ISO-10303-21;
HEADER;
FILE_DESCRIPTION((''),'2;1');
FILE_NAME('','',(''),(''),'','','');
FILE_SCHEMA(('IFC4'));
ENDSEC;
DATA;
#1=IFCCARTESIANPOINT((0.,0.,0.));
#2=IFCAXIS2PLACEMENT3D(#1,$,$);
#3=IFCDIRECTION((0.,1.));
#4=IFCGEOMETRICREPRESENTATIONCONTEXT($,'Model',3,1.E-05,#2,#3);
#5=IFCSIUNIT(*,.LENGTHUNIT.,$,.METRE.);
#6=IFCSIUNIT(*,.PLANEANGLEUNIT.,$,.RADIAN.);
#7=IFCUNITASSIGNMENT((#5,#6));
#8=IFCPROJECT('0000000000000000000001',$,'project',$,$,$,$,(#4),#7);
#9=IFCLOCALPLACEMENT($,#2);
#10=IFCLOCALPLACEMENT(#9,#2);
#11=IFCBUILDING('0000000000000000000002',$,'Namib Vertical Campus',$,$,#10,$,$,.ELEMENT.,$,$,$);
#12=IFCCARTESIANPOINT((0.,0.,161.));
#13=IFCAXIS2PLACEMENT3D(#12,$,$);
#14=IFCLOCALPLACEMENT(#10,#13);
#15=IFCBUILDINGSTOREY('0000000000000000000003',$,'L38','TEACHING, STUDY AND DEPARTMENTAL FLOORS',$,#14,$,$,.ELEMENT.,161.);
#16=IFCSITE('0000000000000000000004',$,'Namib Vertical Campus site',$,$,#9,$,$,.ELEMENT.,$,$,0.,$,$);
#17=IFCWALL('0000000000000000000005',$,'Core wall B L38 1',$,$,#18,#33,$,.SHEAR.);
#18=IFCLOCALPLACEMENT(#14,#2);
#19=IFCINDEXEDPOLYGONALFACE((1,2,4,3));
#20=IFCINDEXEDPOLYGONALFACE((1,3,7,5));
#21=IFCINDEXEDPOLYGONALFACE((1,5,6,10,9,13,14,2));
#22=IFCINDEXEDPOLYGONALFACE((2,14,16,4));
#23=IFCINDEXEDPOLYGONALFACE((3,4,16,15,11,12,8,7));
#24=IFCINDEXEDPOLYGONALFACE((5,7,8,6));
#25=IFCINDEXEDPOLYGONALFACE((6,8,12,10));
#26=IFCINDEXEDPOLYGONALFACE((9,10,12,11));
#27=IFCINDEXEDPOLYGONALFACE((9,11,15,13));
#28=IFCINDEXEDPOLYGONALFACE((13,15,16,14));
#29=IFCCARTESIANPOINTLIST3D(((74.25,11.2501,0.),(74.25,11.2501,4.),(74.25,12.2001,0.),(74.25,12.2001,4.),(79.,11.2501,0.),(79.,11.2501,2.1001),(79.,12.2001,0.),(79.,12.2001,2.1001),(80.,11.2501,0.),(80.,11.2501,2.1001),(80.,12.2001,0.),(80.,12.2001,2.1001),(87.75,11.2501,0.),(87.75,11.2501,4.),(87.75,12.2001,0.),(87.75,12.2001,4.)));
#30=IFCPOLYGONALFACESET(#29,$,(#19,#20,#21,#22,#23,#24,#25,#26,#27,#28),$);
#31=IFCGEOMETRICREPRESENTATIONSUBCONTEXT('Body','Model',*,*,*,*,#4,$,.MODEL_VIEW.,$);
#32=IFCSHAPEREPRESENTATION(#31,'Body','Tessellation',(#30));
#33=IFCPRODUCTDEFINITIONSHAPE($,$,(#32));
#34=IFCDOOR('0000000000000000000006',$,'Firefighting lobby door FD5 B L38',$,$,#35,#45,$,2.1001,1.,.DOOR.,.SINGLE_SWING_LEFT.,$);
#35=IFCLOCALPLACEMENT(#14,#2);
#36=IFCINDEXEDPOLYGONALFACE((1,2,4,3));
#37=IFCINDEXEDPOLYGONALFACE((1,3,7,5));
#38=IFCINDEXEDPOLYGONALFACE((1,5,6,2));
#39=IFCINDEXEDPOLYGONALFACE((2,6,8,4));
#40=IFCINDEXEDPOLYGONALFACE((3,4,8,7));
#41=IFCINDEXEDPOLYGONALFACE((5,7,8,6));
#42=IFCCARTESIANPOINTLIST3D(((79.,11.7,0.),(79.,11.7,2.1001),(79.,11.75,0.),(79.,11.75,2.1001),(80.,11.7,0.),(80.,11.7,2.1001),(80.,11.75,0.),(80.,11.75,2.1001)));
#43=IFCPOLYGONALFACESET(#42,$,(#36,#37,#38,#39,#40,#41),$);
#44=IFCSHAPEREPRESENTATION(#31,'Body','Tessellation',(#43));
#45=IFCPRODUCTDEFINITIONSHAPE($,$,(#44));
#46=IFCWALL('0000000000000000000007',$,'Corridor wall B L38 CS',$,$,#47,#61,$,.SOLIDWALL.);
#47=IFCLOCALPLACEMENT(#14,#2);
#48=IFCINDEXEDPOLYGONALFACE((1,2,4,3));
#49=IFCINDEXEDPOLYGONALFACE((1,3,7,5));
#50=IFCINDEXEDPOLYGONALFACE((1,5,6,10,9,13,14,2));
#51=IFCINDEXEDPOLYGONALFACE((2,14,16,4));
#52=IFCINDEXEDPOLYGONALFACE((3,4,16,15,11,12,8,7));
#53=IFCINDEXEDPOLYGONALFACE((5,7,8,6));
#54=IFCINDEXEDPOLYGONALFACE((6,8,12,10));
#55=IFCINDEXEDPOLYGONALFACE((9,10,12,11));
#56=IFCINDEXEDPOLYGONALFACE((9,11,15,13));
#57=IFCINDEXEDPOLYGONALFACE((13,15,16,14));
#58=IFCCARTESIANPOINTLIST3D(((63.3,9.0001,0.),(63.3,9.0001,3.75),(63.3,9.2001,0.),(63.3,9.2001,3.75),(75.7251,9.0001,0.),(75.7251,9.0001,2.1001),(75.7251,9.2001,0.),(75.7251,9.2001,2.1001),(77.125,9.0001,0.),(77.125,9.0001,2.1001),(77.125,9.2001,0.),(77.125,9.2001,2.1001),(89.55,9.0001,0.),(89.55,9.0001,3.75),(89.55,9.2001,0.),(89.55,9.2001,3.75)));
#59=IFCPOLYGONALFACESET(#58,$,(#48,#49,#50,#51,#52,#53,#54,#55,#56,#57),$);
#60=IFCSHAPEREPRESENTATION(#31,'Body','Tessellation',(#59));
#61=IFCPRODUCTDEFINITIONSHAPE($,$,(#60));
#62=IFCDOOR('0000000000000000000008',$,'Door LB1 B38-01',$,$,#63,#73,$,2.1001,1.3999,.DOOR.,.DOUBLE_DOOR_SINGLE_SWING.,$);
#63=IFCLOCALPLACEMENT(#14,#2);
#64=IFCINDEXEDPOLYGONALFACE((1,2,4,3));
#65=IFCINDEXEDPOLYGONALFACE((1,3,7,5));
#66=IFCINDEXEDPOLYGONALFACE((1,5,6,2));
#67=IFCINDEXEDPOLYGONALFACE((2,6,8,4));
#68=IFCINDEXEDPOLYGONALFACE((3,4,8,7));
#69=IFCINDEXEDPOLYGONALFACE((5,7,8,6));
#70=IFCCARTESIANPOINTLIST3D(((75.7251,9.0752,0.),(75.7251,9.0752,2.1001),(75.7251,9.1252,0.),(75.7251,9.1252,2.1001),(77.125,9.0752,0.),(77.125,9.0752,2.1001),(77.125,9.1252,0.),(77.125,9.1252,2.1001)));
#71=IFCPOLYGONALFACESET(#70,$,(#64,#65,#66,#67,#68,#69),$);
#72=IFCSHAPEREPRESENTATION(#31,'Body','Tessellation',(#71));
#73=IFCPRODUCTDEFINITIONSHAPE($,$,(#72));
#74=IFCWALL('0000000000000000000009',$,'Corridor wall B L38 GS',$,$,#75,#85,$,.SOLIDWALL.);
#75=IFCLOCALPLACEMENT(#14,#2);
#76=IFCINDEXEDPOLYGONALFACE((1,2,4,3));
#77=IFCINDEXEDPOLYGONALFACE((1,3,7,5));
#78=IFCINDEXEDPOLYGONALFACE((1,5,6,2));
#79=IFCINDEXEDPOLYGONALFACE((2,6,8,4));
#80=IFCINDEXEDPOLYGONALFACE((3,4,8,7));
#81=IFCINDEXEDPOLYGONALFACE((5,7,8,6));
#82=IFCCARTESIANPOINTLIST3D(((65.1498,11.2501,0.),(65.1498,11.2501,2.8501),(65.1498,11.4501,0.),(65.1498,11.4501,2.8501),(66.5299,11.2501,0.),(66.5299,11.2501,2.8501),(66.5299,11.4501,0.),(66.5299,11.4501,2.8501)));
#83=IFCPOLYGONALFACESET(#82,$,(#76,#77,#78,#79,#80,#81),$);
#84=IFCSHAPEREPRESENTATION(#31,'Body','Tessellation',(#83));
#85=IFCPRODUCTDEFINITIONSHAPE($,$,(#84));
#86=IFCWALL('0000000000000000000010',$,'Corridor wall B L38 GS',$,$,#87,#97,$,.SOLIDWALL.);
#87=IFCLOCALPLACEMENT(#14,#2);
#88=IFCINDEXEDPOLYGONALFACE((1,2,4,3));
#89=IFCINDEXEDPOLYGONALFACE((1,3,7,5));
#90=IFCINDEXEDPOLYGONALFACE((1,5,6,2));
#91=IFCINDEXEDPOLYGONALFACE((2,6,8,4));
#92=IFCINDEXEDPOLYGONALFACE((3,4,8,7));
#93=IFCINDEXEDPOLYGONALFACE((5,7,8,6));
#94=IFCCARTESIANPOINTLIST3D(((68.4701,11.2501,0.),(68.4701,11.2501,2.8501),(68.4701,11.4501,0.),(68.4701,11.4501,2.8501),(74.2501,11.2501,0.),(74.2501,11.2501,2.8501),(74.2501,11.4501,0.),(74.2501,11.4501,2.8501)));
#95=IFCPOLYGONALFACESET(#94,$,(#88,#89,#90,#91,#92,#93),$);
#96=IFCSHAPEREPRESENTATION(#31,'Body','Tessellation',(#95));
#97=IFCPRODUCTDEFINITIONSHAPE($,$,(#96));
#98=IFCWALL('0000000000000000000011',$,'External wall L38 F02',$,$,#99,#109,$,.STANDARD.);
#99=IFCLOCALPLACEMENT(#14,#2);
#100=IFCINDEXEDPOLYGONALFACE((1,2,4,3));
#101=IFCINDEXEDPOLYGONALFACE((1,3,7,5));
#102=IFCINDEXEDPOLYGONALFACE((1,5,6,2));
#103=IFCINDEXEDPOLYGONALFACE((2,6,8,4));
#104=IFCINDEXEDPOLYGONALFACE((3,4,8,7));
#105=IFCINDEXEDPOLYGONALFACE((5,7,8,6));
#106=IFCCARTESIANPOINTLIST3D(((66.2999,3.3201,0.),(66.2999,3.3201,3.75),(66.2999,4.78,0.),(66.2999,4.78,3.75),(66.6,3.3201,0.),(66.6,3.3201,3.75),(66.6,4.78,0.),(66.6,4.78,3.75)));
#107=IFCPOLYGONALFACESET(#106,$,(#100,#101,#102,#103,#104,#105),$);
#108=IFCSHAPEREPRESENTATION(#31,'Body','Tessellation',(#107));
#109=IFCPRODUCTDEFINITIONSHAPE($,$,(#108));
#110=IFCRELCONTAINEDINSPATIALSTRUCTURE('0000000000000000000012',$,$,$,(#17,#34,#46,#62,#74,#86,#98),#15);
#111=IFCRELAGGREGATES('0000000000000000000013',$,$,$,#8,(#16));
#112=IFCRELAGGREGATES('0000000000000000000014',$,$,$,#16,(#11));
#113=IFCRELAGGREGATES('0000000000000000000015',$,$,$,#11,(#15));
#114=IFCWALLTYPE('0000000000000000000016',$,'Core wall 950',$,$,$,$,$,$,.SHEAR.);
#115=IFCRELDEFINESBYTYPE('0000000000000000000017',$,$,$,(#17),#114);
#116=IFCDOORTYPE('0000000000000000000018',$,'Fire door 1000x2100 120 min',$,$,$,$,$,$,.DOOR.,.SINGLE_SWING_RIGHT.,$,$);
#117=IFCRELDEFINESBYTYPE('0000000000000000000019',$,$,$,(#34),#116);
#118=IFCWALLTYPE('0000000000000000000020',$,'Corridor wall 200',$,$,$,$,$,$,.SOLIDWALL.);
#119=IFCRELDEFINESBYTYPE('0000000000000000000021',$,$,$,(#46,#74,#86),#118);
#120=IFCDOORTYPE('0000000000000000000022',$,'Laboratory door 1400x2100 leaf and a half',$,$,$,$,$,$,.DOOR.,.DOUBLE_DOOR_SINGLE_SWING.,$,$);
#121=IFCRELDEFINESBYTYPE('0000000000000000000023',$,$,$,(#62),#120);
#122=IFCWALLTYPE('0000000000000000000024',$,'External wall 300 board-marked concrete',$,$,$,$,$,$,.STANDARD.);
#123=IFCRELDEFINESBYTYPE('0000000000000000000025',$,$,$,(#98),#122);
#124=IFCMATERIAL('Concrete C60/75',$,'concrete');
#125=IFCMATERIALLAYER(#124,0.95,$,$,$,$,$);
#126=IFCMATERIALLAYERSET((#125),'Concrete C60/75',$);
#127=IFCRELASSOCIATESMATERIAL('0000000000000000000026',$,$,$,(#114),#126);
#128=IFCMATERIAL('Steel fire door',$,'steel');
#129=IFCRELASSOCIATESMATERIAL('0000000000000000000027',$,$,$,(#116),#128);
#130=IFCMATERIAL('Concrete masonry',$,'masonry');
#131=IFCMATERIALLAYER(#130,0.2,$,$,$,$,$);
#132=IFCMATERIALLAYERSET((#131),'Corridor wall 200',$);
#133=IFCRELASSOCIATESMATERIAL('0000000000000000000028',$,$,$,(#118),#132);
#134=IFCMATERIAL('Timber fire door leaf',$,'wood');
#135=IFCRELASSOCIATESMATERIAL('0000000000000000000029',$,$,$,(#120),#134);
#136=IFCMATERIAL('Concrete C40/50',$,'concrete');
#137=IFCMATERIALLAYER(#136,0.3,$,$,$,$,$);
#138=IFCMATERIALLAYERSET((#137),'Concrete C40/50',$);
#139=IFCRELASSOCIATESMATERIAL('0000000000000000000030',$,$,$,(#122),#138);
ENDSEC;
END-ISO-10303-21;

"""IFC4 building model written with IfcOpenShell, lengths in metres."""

from ifc_helpers import new_model, si_unit, direction, frame, frame_2d, origin, place, context, subcontext, project, spatial, rectangle, extrude, material, layer, layer_set, type_object, element, fill, save


model = new_model("IFC4")

# Units and contexts
model_context = context("Model", 3, precision=1e-05, world=origin(), true_north=direction((0.0, 1.0)))
body_context = subcontext(model_context, "Body", "Model", "MODEL_VIEW")
ifc_project = project(units=[si_unit("LENGTHUNIT", "METRE"), si_unit("PLANEANGLEUNIT", "RADIAN")], contexts=[model_context])

# Site, building, storey
site_placement = place(None, origin())
site = spatial("IfcSite", under=ifc_project, at=site_placement, Name="Namib Vertical Campus site", CompositionType="ELEMENT", RefElevation=0.0)
building_placement = place(site_placement, origin())
building = spatial("IfcBuilding", under=site, at=building_placement, Name="Namib Vertical Campus", CompositionType="ELEMENT")
storey_placement = place(building_placement, frame((0.0, 0.0, 161.0)))
storey = spatial("IfcBuildingStorey", under=building, at=storey_placement, Name="L38", Description="TEACHING, STUDY AND DEPARTMENTAL FLOORS", CompositionType="ELEMENT", Elevation=161.0)

# Walls, openings, doors
ifc_material_1 = material(Name="Concrete C60/75", Category="concrete")
ifc_layer_1 = layer(ifc_material_1, 0.95)
ifc_layer_set_1 = layer_set([ifc_layer_1], Name="Concrete C60/75")
wall_type_1 = type_object("IfcWallType", Name="Core wall 950", PredefinedType="SHEAR", material=ifc_layer_set_1)
wall_1_placement = place(storey_placement, frame((74.25, 11.7251, 0.0), z_axis=(0.0, 0.0, 1.0), x_axis=(1.0, 0.0, 0.0)))
wall_1 = element("IfcWall", 1, at=wall_1_placement, inside=storey, type_object=wall_type_1, Name="Core wall B L38 1", PredefinedType="SHEAR", context=body_context, shape_type="SweptSolid", body=[
    extrude(rectangle(XDim=13.5, YDim=0.95, at=frame_2d((6.75, 0.0))), origin(), (0.0, 0.0, 1.0), 4.0),
])
opening_1_placement = place(wall_1_placement, frame((4.75, 0.0, 0.0)))
opening_1 = element("IfcOpeningElement", 2, at=opening_1_placement, cuts=wall_1, PredefinedType="OPENING", context=body_context, shape_type="SweptSolid", body=[
    extrude(rectangle(XDim=1.0, YDim=2.1001, at=frame_2d((0.5, 1.05))), frame((0.0, 0.4849, 0.0), z_axis=(0.0, -1.0, 0.0), x_axis=(1.0, 0.0, 0.0)), (0.0, 0.0, 1.0), 0.97),
])
ifc_material_2 = material(Name="Steel fire door", Category="steel")
door_type_1 = type_object("IfcDoorType", Name="Fire door 1000x2100 120 min", OperationType="SINGLE_SWING_RIGHT", PredefinedType="DOOR", material=ifc_material_2)
door_1_placement = place(opening_1_placement, origin())
door_1 = element("IfcDoor", 3, at=door_1_placement, inside=storey, type_object=door_type_1, Name="Firefighting lobby door FD5 B L38", OperationType="SINGLE_SWING_LEFT", OverallHeight=2.1001, OverallWidth=1.0, PredefinedType="DOOR", context=body_context, shape_type="SweptSolid", body=[
    extrude(rectangle(XDim=1.0, YDim=2.1001, at=frame_2d((0.5, 1.05))), frame((0.0, 0.0249, 0.0), z_axis=(0.0, -1.0, 0.0), x_axis=(1.0, 0.0, 0.0)), (0.0, 0.0, 1.0), 0.05),
])
fill(opening_1, door_1)
ifc_material_3 = material(Name="Concrete masonry", Category="masonry")
ifc_layer_2 = layer(ifc_material_3, 0.2)
ifc_layer_set_2 = layer_set([ifc_layer_2], Name="Corridor wall 200")
wall_type_2 = type_object("IfcWallType", Name="Corridor wall 200", PredefinedType="SOLIDWALL", material=ifc_layer_set_2)
wall_2_placement = place(storey_placement, frame((63.3, 9.1001, 0.0), z_axis=(0.0, 0.0, 1.0), x_axis=(1.0, 0.0, 0.0)))
wall_2 = element("IfcWall", 4, at=wall_2_placement, inside=storey, type_object=wall_type_2, Name="Corridor wall B L38 CS", PredefinedType="SOLIDWALL", context=body_context, shape_type="SweptSolid", body=[
    extrude(rectangle(XDim=26.25, YDim=0.2, at=frame_2d((13.125, 0.0))), origin(), (0.0, 0.0, 1.0), 3.75),
])
opening_2_placement = place(wall_2_placement, frame((12.425, 0.0, 0.0)))
opening_2 = element("IfcOpeningElement", 5, at=opening_2_placement, cuts=wall_2, PredefinedType="OPENING", context=body_context, shape_type="SweptSolid", body=[
    extrude(rectangle(XDim=1.3999, YDim=2.1001, at=frame_2d((0.7, 1.05))), frame((0.0, 0.1099, 0.0), z_axis=(0.0, -1.0, 0.0), x_axis=(1.0, 0.0, 0.0)), (0.0, 0.0, 1.0), 0.22),
])
ifc_material_4 = material(Name="Timber fire door leaf", Category="wood")
door_type_2 = type_object("IfcDoorType", Name="Laboratory door 1400x2100 leaf and a half", OperationType="DOUBLE_DOOR_SINGLE_SWING", PredefinedType="DOOR", material=ifc_material_4)
door_2_placement = place(opening_2_placement, frame((1.3999, 0.0, 0.0), z_axis=(0.0, 0.0, 1.0), x_axis=(-1.0, 0.0, 0.0)))
door_2 = element("IfcDoor", 6, at=door_2_placement, inside=storey, type_object=door_type_2, Name="Door LB1 B38-01", OperationType="DOUBLE_DOOR_SINGLE_SWING", OverallHeight=2.1001, OverallWidth=1.3999, PredefinedType="DOOR", context=body_context, shape_type="SweptSolid", body=[
    extrude(rectangle(XDim=1.3999, YDim=2.1001, at=frame_2d((0.7, 1.05))), frame((0.0, 0.0249, 0.0), z_axis=(0.0, -1.0, 0.0), x_axis=(1.0, 0.0, 0.0)), (0.0, 0.0, 1.0), 0.05),
])
fill(opening_2, door_2)

# Walls
wall_3_placement = place(storey_placement, frame((65.1499, 11.3501, 0.0), z_axis=(0.0, 0.0, 1.0), x_axis=(1.0, 0.0, 0.0)))
element("IfcWall", 7, at=wall_3_placement, inside=storey, type_object=wall_type_2, Name="Corridor wall B L38 GS", PredefinedType="SOLIDWALL", context=body_context, shape_type="SweptSolid", body=[
    extrude(rectangle(XDim=1.3801, YDim=0.2, at=frame_2d((0.6899, 0.0))), origin(), (0.0, 0.0, 1.0), 2.8501),
])
wall_4_placement = place(storey_placement, frame((68.47, 11.3501, 0.0), z_axis=(0.0, 0.0, 1.0), x_axis=(1.0, 0.0, 0.0)))
element("IfcWall", 8, at=wall_4_placement, inside=storey, type_object=wall_type_2, Name="Corridor wall B L38 GS", PredefinedType="SOLIDWALL", context=body_context, shape_type="SweptSolid", body=[
    extrude(rectangle(XDim=5.78, YDim=0.2, at=frame_2d((2.8901, 0.0))), origin(), (0.0, 0.0, 1.0), 2.8501),
])
ifc_material_5 = material(Name="Concrete C40/50", Category="concrete")
ifc_layer_3 = layer(ifc_material_5, 0.3)
ifc_layer_set_3 = layer_set([ifc_layer_3], Name="Concrete C40/50")
wall_type_3 = type_object("IfcWallType", Name="External wall 300 board-marked concrete", PredefinedType="STANDARD", material=ifc_layer_set_3)
wall_5_placement = place(storey_placement, frame((66.45, 4.78, 0.0), z_axis=(0.0, 0.0, 1.0), x_axis=(0.0, -1.0, 0.0)))
element("IfcWall", 9, at=wall_5_placement, inside=storey, type_object=wall_type_3, Name="External wall L38 F02", PredefinedType="STANDARD", context=body_context, shape_type="SweptSolid", body=[
    extrude(rectangle(XDim=1.46, YDim=0.3, at=frame_2d((0.73, 0.0))), origin(), (0.0, 0.0, 1.0), 3.75),
])

save(model, "model.ifc")
